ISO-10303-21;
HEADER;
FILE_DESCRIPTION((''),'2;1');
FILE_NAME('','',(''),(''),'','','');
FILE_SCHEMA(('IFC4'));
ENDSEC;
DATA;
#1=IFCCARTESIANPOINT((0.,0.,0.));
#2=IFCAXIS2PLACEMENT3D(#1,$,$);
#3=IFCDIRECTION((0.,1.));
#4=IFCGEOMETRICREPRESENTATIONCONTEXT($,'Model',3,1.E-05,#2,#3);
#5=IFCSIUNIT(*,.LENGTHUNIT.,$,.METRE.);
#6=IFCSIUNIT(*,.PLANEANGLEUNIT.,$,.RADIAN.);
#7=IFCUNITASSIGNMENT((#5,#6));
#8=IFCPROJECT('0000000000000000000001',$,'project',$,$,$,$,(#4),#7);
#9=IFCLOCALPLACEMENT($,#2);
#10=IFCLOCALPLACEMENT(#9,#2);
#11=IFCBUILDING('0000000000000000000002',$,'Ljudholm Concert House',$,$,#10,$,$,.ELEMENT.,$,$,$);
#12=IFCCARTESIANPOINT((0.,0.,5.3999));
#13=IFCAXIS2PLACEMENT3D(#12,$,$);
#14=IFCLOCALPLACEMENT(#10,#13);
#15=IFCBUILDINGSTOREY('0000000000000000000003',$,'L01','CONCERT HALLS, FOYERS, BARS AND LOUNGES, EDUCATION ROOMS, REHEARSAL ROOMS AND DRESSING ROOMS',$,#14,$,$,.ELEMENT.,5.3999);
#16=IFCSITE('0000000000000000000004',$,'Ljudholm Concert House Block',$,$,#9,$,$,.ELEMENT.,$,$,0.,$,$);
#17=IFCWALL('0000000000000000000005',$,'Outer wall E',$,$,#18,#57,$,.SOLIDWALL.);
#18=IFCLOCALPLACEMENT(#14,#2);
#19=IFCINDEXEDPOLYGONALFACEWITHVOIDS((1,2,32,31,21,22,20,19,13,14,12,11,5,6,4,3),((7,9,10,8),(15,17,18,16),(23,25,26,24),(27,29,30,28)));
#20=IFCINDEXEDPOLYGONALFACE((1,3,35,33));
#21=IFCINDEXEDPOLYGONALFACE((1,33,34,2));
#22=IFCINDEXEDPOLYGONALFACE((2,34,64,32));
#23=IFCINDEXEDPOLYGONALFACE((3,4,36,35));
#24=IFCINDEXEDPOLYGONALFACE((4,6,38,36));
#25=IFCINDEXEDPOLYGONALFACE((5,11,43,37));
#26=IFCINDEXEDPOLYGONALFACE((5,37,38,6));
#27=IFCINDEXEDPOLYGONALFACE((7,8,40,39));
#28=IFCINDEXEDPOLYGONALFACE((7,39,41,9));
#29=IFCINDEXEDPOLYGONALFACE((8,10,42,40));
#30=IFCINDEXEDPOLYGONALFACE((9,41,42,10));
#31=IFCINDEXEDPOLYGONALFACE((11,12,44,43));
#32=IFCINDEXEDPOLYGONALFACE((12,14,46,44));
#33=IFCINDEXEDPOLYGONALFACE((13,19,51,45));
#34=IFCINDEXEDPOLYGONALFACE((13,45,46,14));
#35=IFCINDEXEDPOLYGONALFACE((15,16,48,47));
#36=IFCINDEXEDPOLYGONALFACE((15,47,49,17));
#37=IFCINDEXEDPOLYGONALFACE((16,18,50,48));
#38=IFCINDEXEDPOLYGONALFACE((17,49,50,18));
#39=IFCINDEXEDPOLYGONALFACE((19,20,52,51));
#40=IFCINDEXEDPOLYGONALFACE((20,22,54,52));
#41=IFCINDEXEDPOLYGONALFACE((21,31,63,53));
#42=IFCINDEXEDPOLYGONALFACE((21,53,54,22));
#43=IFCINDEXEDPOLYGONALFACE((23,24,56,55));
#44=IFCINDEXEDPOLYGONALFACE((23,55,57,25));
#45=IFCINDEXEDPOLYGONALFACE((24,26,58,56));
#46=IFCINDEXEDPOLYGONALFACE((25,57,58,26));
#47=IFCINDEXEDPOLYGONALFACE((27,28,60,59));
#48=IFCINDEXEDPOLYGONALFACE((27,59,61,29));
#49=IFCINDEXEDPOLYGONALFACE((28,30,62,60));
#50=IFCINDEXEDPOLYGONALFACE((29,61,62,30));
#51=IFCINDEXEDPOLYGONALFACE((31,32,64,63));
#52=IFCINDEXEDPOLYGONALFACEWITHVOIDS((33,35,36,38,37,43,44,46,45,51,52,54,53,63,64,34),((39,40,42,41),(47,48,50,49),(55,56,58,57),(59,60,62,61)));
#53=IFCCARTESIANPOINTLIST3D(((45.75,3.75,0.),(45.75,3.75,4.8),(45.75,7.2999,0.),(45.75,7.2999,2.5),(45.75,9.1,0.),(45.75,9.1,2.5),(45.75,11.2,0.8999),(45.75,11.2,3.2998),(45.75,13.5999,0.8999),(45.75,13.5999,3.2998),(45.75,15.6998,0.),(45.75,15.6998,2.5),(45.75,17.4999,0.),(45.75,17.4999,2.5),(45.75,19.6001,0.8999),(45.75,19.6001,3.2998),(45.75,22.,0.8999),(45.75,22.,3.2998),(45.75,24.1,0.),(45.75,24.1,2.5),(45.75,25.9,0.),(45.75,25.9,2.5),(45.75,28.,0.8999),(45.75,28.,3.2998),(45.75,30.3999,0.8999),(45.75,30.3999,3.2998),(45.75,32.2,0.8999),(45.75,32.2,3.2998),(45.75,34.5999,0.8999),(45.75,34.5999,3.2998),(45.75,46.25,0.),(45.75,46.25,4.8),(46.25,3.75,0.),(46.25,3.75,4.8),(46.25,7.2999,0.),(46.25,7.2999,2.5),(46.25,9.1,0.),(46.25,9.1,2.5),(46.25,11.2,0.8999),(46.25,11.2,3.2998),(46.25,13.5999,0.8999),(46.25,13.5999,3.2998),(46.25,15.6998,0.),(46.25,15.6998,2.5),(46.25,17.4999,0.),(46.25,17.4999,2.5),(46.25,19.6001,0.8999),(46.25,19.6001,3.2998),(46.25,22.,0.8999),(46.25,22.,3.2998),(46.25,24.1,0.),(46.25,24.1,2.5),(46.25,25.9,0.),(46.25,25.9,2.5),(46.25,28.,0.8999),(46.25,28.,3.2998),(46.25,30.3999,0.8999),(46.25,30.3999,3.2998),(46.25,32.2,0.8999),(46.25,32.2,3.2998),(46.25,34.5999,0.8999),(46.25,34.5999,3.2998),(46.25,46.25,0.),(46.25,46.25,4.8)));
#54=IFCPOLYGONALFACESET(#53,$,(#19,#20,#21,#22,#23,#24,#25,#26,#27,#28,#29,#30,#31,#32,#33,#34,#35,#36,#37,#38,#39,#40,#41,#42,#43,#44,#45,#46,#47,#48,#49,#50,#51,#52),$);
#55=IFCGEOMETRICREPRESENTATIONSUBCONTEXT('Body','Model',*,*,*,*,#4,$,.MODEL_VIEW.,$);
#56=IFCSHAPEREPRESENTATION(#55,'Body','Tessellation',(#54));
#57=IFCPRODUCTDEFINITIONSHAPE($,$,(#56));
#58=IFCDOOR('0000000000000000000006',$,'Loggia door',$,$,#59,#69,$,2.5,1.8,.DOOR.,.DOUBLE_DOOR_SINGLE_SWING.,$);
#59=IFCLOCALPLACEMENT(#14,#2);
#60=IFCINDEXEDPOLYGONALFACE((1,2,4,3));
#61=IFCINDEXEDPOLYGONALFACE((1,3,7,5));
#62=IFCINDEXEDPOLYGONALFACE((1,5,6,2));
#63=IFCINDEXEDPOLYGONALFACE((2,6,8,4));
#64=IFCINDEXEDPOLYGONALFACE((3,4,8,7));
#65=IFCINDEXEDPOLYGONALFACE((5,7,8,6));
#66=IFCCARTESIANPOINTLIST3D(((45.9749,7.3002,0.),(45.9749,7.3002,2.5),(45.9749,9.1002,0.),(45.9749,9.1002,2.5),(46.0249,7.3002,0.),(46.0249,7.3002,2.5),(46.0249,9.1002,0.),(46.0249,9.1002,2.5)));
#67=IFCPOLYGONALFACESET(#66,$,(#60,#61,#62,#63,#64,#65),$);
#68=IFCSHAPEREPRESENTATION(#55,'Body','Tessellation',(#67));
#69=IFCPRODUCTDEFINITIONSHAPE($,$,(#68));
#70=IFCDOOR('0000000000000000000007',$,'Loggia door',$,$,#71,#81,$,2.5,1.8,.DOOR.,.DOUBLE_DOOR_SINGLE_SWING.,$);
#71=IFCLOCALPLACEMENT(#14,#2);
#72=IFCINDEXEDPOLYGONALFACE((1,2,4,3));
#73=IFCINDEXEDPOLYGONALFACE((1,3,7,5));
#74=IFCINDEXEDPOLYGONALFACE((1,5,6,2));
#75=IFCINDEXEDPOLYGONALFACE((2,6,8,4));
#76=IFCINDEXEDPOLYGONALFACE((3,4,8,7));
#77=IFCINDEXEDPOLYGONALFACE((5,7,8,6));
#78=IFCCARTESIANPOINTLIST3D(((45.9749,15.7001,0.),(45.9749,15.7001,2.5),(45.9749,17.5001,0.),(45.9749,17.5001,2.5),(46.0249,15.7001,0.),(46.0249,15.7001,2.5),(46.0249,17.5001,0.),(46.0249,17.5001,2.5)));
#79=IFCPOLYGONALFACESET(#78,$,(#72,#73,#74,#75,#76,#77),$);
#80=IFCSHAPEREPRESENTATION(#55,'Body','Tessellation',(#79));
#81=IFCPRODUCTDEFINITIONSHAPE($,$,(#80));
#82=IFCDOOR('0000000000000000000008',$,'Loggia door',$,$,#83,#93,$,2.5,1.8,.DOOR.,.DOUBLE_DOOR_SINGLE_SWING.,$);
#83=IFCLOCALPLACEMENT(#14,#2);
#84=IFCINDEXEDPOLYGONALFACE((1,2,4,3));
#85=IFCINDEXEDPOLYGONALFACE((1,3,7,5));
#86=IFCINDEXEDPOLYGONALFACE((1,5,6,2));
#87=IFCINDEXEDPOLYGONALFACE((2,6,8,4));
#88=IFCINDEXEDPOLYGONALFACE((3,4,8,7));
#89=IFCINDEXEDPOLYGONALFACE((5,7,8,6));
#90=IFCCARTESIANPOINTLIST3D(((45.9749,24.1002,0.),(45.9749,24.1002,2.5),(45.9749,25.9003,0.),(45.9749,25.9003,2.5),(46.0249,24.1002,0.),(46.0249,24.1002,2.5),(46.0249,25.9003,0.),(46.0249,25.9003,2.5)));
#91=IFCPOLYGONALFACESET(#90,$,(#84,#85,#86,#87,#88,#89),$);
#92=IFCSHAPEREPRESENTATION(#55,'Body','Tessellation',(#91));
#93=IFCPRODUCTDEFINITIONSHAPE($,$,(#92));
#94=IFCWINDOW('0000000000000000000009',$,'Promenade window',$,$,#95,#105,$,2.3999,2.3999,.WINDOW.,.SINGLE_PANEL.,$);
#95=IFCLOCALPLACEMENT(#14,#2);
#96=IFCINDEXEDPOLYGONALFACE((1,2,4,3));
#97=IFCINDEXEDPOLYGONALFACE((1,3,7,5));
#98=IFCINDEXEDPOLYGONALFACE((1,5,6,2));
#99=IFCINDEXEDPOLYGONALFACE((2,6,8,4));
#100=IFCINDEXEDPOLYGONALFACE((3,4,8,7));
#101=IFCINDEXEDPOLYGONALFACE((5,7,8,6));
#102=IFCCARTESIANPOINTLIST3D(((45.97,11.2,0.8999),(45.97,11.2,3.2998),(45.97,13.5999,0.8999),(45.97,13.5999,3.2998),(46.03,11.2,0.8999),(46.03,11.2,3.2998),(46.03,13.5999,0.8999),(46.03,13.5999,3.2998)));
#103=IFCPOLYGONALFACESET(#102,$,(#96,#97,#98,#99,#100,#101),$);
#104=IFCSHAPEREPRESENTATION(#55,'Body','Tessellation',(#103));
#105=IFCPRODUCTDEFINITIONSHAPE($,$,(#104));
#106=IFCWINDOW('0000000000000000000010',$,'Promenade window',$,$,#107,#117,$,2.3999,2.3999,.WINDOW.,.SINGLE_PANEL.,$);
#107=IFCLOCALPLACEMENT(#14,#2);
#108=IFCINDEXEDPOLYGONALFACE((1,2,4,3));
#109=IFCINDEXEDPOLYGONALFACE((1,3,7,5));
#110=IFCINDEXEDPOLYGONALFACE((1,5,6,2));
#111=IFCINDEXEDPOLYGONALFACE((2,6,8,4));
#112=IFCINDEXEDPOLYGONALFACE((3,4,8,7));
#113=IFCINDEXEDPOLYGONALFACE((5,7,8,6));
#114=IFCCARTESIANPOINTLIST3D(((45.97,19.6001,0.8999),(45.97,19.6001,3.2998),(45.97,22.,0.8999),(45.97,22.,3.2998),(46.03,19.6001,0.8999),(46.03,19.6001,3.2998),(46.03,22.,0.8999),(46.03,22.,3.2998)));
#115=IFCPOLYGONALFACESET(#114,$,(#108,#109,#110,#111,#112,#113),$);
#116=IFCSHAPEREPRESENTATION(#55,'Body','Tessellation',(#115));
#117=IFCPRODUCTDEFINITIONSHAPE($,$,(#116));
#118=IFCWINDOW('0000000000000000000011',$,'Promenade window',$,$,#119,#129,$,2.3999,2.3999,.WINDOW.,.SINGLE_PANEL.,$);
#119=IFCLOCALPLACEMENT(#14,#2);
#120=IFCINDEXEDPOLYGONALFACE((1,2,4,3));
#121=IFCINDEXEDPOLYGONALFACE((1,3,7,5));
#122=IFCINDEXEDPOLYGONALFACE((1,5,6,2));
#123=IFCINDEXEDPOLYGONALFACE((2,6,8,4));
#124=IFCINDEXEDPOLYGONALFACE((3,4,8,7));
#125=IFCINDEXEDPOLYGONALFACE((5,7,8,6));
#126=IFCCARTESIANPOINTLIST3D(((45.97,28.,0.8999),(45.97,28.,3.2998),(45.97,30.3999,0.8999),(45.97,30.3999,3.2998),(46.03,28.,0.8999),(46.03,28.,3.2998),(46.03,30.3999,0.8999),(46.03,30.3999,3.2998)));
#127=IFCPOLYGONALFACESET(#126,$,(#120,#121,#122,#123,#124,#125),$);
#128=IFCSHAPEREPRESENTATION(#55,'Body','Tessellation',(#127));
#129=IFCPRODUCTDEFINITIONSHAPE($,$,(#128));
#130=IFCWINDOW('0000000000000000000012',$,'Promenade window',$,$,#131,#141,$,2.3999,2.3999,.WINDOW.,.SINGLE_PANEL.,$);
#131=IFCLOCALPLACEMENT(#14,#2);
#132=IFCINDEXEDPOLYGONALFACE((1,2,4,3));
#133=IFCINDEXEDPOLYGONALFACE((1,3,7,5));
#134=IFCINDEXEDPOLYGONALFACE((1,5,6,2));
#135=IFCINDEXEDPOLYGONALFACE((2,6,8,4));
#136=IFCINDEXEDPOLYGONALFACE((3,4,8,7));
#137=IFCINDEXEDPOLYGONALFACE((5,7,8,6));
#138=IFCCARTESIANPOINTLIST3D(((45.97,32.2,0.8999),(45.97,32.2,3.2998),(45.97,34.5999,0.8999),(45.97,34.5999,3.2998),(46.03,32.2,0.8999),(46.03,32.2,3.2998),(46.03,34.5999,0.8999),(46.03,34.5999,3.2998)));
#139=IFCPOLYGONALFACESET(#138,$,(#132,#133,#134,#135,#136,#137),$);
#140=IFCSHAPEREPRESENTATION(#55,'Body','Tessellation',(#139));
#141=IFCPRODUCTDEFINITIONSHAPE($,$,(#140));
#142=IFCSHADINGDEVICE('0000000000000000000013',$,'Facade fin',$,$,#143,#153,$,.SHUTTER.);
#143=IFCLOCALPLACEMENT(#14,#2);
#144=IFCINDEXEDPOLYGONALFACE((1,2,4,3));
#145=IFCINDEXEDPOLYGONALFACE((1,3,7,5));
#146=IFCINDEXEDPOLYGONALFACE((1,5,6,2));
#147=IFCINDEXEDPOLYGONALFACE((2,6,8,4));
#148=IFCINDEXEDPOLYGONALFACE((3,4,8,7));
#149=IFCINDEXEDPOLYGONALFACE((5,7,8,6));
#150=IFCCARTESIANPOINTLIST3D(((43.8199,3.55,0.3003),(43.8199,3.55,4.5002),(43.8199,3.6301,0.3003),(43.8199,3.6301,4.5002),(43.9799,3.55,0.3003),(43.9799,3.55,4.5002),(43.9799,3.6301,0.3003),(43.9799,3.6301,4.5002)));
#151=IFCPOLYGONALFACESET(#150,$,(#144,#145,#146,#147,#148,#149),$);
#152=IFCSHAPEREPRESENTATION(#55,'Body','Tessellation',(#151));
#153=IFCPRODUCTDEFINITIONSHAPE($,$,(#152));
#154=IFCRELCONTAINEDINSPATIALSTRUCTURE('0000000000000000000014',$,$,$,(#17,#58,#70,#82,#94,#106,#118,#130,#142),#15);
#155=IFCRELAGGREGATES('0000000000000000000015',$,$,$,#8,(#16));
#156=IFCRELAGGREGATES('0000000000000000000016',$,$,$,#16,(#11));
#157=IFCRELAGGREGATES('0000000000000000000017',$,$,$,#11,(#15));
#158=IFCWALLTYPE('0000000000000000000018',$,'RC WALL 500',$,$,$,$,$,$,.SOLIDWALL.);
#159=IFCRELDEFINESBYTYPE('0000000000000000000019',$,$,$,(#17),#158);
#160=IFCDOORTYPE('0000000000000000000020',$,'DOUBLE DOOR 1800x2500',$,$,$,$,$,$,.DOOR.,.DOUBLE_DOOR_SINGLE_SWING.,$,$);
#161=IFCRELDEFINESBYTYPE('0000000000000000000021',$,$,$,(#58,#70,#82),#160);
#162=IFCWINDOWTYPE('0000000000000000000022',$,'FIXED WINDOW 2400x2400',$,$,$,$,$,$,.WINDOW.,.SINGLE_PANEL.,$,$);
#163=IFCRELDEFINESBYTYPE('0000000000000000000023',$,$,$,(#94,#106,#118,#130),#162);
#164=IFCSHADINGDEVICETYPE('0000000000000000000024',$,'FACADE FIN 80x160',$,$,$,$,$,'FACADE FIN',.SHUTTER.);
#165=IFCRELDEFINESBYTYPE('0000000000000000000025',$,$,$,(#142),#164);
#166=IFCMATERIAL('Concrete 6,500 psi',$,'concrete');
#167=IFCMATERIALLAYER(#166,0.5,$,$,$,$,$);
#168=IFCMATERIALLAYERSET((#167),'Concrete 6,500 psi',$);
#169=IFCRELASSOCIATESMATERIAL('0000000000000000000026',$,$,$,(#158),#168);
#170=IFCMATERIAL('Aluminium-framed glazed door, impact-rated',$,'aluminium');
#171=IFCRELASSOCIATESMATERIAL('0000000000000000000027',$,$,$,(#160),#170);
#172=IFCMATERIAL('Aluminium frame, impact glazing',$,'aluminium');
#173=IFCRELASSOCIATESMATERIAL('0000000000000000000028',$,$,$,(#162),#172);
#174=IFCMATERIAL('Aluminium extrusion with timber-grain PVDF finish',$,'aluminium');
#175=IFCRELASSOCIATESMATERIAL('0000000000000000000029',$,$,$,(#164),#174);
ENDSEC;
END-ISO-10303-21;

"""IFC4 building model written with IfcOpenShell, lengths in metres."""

from ifc_helpers import new_model, si_unit, direction, frame, frame_2d, origin, origin_2d, place, context, subcontext, project, spatial, rectangle, extrude, material, layer, layer_set, type_object, element, fill, save


model = new_model("IFC4")

# Units and contexts
model_context = context("Model", 3, precision=1e-05, world=origin(), true_north=direction((0.0, 1.0)))
body_context = subcontext(model_context, "Body", "Model", "MODEL_VIEW")
ifc_project = project(units=[si_unit("LENGTHUNIT", "METRE"), si_unit("PLANEANGLEUNIT", "RADIAN")], contexts=[model_context])

# Site, building, storey
site_placement = place(None, origin())
site = spatial("IfcSite", under=ifc_project, at=site_placement, Name="Ljudholm Concert House Block", CompositionType="ELEMENT", RefElevation=0.0)
building_placement = place(site_placement, origin())
building = spatial("IfcBuilding", under=site, at=building_placement, Name="Ljudholm Concert House", CompositionType="ELEMENT")
storey_placement = place(building_placement, frame((0.0, 0.0, 5.3999)))
storey = spatial("IfcBuildingStorey", under=building, at=storey_placement, Name="L01", Description="CONCERT HALLS, FOYERS, BARS AND LOUNGES, EDUCATION ROOMS, REHEARSAL ROOMS AND DRESSING ROOMS", CompositionType="ELEMENT", Elevation=5.3999)

# Wall, openings, doors, windows
ifc_material_1 = material(Name="Concrete 6,500 psi", Category="concrete")
ifc_layer_1 = layer(ifc_material_1, 0.5)
ifc_layer_set_1 = layer_set([ifc_layer_1], Name="Concrete 6,500 psi")
wall_type = type_object("IfcWallType", Name="RC WALL 500", PredefinedType="SOLIDWALL", material=ifc_layer_set_1)
wall_placement = place(storey_placement, frame((46.0, 3.75, 0.0), z_axis=(0.0, 0.0, 1.0), x_axis=(0.0, 1.0, 0.0)))
wall = element("IfcWall", 1, at=wall_placement, inside=storey, type_object=wall_type, Name="Outer wall E", PredefinedType="SOLIDWALL", context=body_context, shape_type="SweptSolid", body=[
    extrude(rectangle(XDim=42.5, YDim=0.5, at=frame_2d((21.25, 0.0))), origin(), (0.0, 0.0, 1.0), 4.8),
])
opening_1_placement = place(wall_placement, frame((7.45, 0.0, 0.8999)))
opening_1 = element("IfcOpeningElement", 2, at=opening_1_placement, cuts=wall, PredefinedType="OPENING", context=body_context, shape_type="SweptSolid", body=[
    extrude(rectangle(XDim=2.3999, YDim=2.3999, at=frame_2d((1.2, 1.2))), frame((0.0, 0.26, 0.0), z_axis=(0.0, -1.0, 0.0), x_axis=(1.0, 0.0, 0.0)), (0.0, 0.0, 1.0), 0.52),
])
opening_2_placement = place(wall_placement, frame((15.8501, 0.0, 0.8999)))
opening_2 = element("IfcOpeningElement", 3, at=opening_2_placement, cuts=wall, PredefinedType="OPENING", context=body_context, shape_type="SweptSolid", body=[
    extrude(rectangle(XDim=2.3999, YDim=2.3999, at=frame_2d((1.2, 1.2))), frame((0.0, 0.26, 0.0), z_axis=(0.0, -1.0, 0.0), x_axis=(1.0, 0.0, 0.0)), (0.0, 0.0, 1.0), 0.52),
])
opening_3_placement = place(wall_placement, frame((24.25, 0.0, 0.8999)))
opening_3 = element("IfcOpeningElement", 4, at=opening_3_placement, cuts=wall, PredefinedType="OPENING", context=body_context, shape_type="SweptSolid", body=[
    extrude(rectangle(XDim=2.3999, YDim=2.3999, at=frame_2d((1.2, 1.2))), frame((0.0, 0.26, 0.0), z_axis=(0.0, -1.0, 0.0), x_axis=(1.0, 0.0, 0.0)), (0.0, 0.0, 1.0), 0.52),
])
opening_4_placement = place(wall_placement, frame((28.45, 0.0, 0.8999)))
opening_4 = element("IfcOpeningElement", 5, at=opening_4_placement, cuts=wall, PredefinedType="OPENING", context=body_context, shape_type="SweptSolid", body=[
    extrude(rectangle(XDim=2.3999, YDim=2.3999, at=frame_2d((1.2, 1.2))), frame((0.0, 0.26, 0.0), z_axis=(0.0, -1.0, 0.0), x_axis=(1.0, 0.0, 0.0)), (0.0, 0.0, 1.0), 0.52),
])
opening_5_placement = place(wall_placement, frame((3.55, 0.0, 0.0)))
opening_5 = element("IfcOpeningElement", 6, at=opening_5_placement, cuts=wall, PredefinedType="OPENING", context=body_context, shape_type="SweptSolid", body=[
    extrude(rectangle(XDim=1.8, YDim=2.5, at=frame_2d((0.8999, 1.25))), frame((0.0, 0.26, 0.0), z_axis=(0.0, -1.0, 0.0), x_axis=(1.0, 0.0, 0.0)), (0.0, 0.0, 1.0), 0.52),
])
opening_6_placement = place(wall_placement, frame((11.95, 0.0, 0.0)))
opening_6 = element("IfcOpeningElement", 7, at=opening_6_placement, cuts=wall, PredefinedType="OPENING", context=body_context, shape_type="SweptSolid", body=[
    extrude(rectangle(XDim=1.8, YDim=2.5, at=frame_2d((0.8999, 1.25))), frame((0.0, 0.26, 0.0), z_axis=(0.0, -1.0, 0.0), x_axis=(1.0, 0.0, 0.0)), (0.0, 0.0, 1.0), 0.52),
])
opening_7_placement = place(wall_placement, frame((20.3501, 0.0, 0.0)))
opening_7 = element("IfcOpeningElement", 8, at=opening_7_placement, cuts=wall, PredefinedType="OPENING", context=body_context, shape_type="SweptSolid", body=[
    extrude(rectangle(XDim=1.8, YDim=2.5, at=frame_2d((0.8999, 1.25))), frame((0.0, 0.26, 0.0), z_axis=(0.0, -1.0, 0.0), x_axis=(1.0, 0.0, 0.0)), (0.0, 0.0, 1.0), 0.52),
])
ifc_material_2 = material(Name="Aluminium-framed glazed door, impact-rated", Category="aluminium")
door_type = type_object("IfcDoorType", Name="DOUBLE DOOR 1800x2500", OperationType="DOUBLE_DOOR_SINGLE_SWING", PredefinedType="DOOR", material=ifc_material_2)
door_1_placement = place(opening_5_placement, frame((1.8, 0.0, 0.0), z_axis=(0.0, 0.0, 1.0), x_axis=(-1.0, 0.0, 0.0)))
door_1 = element("IfcDoor", 9, at=door_1_placement, inside=storey, type_object=door_type, Name="Loggia door", OperationType="DOUBLE_DOOR_SINGLE_SWING", OverallHeight=2.5, OverallWidth=1.8, PredefinedType="DOOR", context=body_context, shape_type="SweptSolid", body=[
    extrude(rectangle(XDim=1.8, YDim=2.5, at=frame_2d((0.8999, 1.25))), frame((0.0, 0.0249, 0.0), z_axis=(0.0, -1.0, 0.0), x_axis=(1.0, 0.0, 0.0)), (0.0, 0.0, 1.0), 0.05),
])
fill(opening_5, door_1)
door_2_placement = place(opening_6_placement, frame((1.8, 0.0, 0.0), z_axis=(0.0, 0.0, 1.0), x_axis=(-1.0, 0.0, 0.0)))
door_2 = element("IfcDoor", 10, at=door_2_placement, inside=storey, type_object=door_type, Name="Loggia door", OperationType="DOUBLE_DOOR_SINGLE_SWING", OverallHeight=2.5, OverallWidth=1.8, PredefinedType="DOOR", context=body_context, shape_type="SweptSolid", body=[
    extrude(rectangle(XDim=1.8, YDim=2.5, at=frame_2d((0.8999, 1.25))), frame((0.0, 0.0249, 0.0), z_axis=(0.0, -1.0, 0.0), x_axis=(1.0, 0.0, 0.0)), (0.0, 0.0, 1.0), 0.05),
])
fill(opening_6, door_2)
door_3_placement = place(opening_7_placement, frame((1.8, 0.0, 0.0), z_axis=(0.0, 0.0, 1.0), x_axis=(-1.0, 0.0, 0.0)))
door_3 = element("IfcDoor", 11, at=door_3_placement, inside=storey, type_object=door_type, Name="Loggia door", OperationType="DOUBLE_DOOR_SINGLE_SWING", OverallHeight=2.5, OverallWidth=1.8, PredefinedType="DOOR", context=body_context, shape_type="SweptSolid", body=[
    extrude(rectangle(XDim=1.8, YDim=2.5, at=frame_2d((0.8999, 1.25))), frame((0.0, 0.0249, 0.0), z_axis=(0.0, -1.0, 0.0), x_axis=(1.0, 0.0, 0.0)), (0.0, 0.0, 1.0), 0.05),
])
fill(opening_7, door_3)
ifc_material_3 = material(Name="Aluminium frame, impact glazing", Category="aluminium")
window_type = type_object("IfcWindowType", Name="FIXED WINDOW 2400x2400", PartitioningType="SINGLE_PANEL", PredefinedType="WINDOW", material=ifc_material_3)
window_1_placement = place(opening_1_placement, origin())
window_1 = element("IfcWindow", 12, at=window_1_placement, inside=storey, type_object=window_type, Name="Promenade window", OverallHeight=2.3999, OverallWidth=2.3999, PartitioningType="SINGLE_PANEL", PredefinedType="WINDOW", context=body_context, shape_type="SweptSolid", body=[
    extrude(rectangle(XDim=2.3999, YDim=2.3999, at=frame_2d((1.2, 1.2))), frame((0.0, 0.03, 0.0), z_axis=(0.0, -1.0, 0.0), x_axis=(1.0, 0.0, 0.0)), (0.0, 0.0, 1.0), 0.0601),
])
fill(opening_1, window_1)
window_2_placement = place(opening_2_placement, origin())
window_2 = element("IfcWindow", 13, at=window_2_placement, inside=storey, type_object=window_type, Name="Promenade window", OverallHeight=2.3999, OverallWidth=2.3999, PartitioningType="SINGLE_PANEL", PredefinedType="WINDOW", context=body_context, shape_type="SweptSolid", body=[
    extrude(rectangle(XDim=2.3999, YDim=2.3999, at=frame_2d((1.2, 1.2))), frame((0.0, 0.03, 0.0), z_axis=(0.0, -1.0, 0.0), x_axis=(1.0, 0.0, 0.0)), (0.0, 0.0, 1.0), 0.0601),
])
fill(opening_2, window_2)
window_3_placement = place(opening_3_placement, origin())
window_3 = element("IfcWindow", 14, at=window_3_placement, inside=storey, type_object=window_type, Name="Promenade window", OverallHeight=2.3999, OverallWidth=2.3999, PartitioningType="SINGLE_PANEL", PredefinedType="WINDOW", context=body_context, shape_type="SweptSolid", body=[
    extrude(rectangle(XDim=2.3999, YDim=2.3999, at=frame_2d((1.2, 1.2))), frame((0.0, 0.03, 0.0), z_axis=(0.0, -1.0, 0.0), x_axis=(1.0, 0.0, 0.0)), (0.0, 0.0, 1.0), 0.0601),
])
fill(opening_3, window_3)
window_4_placement = place(opening_4_placement, origin())
window_4 = element("IfcWindow", 15, at=window_4_placement, inside=storey, type_object=window_type, Name="Promenade window", OverallHeight=2.3999, OverallWidth=2.3999, PartitioningType="SINGLE_PANEL", PredefinedType="WINDOW", context=body_context, shape_type="SweptSolid", body=[
    extrude(rectangle(XDim=2.3999, YDim=2.3999, at=frame_2d((1.2, 1.2))), frame((0.0, 0.03, 0.0), z_axis=(0.0, -1.0, 0.0), x_axis=(1.0, 0.0, 0.0)), (0.0, 0.0, 1.0), 0.0601),
])
fill(opening_4, window_4)

# Shading device
ifc_material_4 = material(Name="Aluminium extrusion with timber-grain PVDF finish", Category="aluminium")
shading_device_type = type_object("IfcShadingDeviceType", Name="FACADE FIN 80x160", ElementType="FACADE FIN", PredefinedType="SHUTTER", material=ifc_material_4)
shading_device_placement = place(storey_placement, frame((43.8999, 3.5901, 0.3003), z_axis=(0.0, 0.0, 1.0), x_axis=(0.0, -1.0, 0.0)))
element("IfcShadingDevice", 16, at=shading_device_placement, inside=storey, type_object=shading_device_type, Name="Facade fin", PredefinedType="SHUTTER", context=body_context, shape_type="SweptSolid", body=[
    extrude(rectangle(XDim=0.0801, YDim=0.1599, at=origin_2d()), origin(), (0.0, 0.0, 1.0), 4.2),
])

save(model, "model.ifc")
